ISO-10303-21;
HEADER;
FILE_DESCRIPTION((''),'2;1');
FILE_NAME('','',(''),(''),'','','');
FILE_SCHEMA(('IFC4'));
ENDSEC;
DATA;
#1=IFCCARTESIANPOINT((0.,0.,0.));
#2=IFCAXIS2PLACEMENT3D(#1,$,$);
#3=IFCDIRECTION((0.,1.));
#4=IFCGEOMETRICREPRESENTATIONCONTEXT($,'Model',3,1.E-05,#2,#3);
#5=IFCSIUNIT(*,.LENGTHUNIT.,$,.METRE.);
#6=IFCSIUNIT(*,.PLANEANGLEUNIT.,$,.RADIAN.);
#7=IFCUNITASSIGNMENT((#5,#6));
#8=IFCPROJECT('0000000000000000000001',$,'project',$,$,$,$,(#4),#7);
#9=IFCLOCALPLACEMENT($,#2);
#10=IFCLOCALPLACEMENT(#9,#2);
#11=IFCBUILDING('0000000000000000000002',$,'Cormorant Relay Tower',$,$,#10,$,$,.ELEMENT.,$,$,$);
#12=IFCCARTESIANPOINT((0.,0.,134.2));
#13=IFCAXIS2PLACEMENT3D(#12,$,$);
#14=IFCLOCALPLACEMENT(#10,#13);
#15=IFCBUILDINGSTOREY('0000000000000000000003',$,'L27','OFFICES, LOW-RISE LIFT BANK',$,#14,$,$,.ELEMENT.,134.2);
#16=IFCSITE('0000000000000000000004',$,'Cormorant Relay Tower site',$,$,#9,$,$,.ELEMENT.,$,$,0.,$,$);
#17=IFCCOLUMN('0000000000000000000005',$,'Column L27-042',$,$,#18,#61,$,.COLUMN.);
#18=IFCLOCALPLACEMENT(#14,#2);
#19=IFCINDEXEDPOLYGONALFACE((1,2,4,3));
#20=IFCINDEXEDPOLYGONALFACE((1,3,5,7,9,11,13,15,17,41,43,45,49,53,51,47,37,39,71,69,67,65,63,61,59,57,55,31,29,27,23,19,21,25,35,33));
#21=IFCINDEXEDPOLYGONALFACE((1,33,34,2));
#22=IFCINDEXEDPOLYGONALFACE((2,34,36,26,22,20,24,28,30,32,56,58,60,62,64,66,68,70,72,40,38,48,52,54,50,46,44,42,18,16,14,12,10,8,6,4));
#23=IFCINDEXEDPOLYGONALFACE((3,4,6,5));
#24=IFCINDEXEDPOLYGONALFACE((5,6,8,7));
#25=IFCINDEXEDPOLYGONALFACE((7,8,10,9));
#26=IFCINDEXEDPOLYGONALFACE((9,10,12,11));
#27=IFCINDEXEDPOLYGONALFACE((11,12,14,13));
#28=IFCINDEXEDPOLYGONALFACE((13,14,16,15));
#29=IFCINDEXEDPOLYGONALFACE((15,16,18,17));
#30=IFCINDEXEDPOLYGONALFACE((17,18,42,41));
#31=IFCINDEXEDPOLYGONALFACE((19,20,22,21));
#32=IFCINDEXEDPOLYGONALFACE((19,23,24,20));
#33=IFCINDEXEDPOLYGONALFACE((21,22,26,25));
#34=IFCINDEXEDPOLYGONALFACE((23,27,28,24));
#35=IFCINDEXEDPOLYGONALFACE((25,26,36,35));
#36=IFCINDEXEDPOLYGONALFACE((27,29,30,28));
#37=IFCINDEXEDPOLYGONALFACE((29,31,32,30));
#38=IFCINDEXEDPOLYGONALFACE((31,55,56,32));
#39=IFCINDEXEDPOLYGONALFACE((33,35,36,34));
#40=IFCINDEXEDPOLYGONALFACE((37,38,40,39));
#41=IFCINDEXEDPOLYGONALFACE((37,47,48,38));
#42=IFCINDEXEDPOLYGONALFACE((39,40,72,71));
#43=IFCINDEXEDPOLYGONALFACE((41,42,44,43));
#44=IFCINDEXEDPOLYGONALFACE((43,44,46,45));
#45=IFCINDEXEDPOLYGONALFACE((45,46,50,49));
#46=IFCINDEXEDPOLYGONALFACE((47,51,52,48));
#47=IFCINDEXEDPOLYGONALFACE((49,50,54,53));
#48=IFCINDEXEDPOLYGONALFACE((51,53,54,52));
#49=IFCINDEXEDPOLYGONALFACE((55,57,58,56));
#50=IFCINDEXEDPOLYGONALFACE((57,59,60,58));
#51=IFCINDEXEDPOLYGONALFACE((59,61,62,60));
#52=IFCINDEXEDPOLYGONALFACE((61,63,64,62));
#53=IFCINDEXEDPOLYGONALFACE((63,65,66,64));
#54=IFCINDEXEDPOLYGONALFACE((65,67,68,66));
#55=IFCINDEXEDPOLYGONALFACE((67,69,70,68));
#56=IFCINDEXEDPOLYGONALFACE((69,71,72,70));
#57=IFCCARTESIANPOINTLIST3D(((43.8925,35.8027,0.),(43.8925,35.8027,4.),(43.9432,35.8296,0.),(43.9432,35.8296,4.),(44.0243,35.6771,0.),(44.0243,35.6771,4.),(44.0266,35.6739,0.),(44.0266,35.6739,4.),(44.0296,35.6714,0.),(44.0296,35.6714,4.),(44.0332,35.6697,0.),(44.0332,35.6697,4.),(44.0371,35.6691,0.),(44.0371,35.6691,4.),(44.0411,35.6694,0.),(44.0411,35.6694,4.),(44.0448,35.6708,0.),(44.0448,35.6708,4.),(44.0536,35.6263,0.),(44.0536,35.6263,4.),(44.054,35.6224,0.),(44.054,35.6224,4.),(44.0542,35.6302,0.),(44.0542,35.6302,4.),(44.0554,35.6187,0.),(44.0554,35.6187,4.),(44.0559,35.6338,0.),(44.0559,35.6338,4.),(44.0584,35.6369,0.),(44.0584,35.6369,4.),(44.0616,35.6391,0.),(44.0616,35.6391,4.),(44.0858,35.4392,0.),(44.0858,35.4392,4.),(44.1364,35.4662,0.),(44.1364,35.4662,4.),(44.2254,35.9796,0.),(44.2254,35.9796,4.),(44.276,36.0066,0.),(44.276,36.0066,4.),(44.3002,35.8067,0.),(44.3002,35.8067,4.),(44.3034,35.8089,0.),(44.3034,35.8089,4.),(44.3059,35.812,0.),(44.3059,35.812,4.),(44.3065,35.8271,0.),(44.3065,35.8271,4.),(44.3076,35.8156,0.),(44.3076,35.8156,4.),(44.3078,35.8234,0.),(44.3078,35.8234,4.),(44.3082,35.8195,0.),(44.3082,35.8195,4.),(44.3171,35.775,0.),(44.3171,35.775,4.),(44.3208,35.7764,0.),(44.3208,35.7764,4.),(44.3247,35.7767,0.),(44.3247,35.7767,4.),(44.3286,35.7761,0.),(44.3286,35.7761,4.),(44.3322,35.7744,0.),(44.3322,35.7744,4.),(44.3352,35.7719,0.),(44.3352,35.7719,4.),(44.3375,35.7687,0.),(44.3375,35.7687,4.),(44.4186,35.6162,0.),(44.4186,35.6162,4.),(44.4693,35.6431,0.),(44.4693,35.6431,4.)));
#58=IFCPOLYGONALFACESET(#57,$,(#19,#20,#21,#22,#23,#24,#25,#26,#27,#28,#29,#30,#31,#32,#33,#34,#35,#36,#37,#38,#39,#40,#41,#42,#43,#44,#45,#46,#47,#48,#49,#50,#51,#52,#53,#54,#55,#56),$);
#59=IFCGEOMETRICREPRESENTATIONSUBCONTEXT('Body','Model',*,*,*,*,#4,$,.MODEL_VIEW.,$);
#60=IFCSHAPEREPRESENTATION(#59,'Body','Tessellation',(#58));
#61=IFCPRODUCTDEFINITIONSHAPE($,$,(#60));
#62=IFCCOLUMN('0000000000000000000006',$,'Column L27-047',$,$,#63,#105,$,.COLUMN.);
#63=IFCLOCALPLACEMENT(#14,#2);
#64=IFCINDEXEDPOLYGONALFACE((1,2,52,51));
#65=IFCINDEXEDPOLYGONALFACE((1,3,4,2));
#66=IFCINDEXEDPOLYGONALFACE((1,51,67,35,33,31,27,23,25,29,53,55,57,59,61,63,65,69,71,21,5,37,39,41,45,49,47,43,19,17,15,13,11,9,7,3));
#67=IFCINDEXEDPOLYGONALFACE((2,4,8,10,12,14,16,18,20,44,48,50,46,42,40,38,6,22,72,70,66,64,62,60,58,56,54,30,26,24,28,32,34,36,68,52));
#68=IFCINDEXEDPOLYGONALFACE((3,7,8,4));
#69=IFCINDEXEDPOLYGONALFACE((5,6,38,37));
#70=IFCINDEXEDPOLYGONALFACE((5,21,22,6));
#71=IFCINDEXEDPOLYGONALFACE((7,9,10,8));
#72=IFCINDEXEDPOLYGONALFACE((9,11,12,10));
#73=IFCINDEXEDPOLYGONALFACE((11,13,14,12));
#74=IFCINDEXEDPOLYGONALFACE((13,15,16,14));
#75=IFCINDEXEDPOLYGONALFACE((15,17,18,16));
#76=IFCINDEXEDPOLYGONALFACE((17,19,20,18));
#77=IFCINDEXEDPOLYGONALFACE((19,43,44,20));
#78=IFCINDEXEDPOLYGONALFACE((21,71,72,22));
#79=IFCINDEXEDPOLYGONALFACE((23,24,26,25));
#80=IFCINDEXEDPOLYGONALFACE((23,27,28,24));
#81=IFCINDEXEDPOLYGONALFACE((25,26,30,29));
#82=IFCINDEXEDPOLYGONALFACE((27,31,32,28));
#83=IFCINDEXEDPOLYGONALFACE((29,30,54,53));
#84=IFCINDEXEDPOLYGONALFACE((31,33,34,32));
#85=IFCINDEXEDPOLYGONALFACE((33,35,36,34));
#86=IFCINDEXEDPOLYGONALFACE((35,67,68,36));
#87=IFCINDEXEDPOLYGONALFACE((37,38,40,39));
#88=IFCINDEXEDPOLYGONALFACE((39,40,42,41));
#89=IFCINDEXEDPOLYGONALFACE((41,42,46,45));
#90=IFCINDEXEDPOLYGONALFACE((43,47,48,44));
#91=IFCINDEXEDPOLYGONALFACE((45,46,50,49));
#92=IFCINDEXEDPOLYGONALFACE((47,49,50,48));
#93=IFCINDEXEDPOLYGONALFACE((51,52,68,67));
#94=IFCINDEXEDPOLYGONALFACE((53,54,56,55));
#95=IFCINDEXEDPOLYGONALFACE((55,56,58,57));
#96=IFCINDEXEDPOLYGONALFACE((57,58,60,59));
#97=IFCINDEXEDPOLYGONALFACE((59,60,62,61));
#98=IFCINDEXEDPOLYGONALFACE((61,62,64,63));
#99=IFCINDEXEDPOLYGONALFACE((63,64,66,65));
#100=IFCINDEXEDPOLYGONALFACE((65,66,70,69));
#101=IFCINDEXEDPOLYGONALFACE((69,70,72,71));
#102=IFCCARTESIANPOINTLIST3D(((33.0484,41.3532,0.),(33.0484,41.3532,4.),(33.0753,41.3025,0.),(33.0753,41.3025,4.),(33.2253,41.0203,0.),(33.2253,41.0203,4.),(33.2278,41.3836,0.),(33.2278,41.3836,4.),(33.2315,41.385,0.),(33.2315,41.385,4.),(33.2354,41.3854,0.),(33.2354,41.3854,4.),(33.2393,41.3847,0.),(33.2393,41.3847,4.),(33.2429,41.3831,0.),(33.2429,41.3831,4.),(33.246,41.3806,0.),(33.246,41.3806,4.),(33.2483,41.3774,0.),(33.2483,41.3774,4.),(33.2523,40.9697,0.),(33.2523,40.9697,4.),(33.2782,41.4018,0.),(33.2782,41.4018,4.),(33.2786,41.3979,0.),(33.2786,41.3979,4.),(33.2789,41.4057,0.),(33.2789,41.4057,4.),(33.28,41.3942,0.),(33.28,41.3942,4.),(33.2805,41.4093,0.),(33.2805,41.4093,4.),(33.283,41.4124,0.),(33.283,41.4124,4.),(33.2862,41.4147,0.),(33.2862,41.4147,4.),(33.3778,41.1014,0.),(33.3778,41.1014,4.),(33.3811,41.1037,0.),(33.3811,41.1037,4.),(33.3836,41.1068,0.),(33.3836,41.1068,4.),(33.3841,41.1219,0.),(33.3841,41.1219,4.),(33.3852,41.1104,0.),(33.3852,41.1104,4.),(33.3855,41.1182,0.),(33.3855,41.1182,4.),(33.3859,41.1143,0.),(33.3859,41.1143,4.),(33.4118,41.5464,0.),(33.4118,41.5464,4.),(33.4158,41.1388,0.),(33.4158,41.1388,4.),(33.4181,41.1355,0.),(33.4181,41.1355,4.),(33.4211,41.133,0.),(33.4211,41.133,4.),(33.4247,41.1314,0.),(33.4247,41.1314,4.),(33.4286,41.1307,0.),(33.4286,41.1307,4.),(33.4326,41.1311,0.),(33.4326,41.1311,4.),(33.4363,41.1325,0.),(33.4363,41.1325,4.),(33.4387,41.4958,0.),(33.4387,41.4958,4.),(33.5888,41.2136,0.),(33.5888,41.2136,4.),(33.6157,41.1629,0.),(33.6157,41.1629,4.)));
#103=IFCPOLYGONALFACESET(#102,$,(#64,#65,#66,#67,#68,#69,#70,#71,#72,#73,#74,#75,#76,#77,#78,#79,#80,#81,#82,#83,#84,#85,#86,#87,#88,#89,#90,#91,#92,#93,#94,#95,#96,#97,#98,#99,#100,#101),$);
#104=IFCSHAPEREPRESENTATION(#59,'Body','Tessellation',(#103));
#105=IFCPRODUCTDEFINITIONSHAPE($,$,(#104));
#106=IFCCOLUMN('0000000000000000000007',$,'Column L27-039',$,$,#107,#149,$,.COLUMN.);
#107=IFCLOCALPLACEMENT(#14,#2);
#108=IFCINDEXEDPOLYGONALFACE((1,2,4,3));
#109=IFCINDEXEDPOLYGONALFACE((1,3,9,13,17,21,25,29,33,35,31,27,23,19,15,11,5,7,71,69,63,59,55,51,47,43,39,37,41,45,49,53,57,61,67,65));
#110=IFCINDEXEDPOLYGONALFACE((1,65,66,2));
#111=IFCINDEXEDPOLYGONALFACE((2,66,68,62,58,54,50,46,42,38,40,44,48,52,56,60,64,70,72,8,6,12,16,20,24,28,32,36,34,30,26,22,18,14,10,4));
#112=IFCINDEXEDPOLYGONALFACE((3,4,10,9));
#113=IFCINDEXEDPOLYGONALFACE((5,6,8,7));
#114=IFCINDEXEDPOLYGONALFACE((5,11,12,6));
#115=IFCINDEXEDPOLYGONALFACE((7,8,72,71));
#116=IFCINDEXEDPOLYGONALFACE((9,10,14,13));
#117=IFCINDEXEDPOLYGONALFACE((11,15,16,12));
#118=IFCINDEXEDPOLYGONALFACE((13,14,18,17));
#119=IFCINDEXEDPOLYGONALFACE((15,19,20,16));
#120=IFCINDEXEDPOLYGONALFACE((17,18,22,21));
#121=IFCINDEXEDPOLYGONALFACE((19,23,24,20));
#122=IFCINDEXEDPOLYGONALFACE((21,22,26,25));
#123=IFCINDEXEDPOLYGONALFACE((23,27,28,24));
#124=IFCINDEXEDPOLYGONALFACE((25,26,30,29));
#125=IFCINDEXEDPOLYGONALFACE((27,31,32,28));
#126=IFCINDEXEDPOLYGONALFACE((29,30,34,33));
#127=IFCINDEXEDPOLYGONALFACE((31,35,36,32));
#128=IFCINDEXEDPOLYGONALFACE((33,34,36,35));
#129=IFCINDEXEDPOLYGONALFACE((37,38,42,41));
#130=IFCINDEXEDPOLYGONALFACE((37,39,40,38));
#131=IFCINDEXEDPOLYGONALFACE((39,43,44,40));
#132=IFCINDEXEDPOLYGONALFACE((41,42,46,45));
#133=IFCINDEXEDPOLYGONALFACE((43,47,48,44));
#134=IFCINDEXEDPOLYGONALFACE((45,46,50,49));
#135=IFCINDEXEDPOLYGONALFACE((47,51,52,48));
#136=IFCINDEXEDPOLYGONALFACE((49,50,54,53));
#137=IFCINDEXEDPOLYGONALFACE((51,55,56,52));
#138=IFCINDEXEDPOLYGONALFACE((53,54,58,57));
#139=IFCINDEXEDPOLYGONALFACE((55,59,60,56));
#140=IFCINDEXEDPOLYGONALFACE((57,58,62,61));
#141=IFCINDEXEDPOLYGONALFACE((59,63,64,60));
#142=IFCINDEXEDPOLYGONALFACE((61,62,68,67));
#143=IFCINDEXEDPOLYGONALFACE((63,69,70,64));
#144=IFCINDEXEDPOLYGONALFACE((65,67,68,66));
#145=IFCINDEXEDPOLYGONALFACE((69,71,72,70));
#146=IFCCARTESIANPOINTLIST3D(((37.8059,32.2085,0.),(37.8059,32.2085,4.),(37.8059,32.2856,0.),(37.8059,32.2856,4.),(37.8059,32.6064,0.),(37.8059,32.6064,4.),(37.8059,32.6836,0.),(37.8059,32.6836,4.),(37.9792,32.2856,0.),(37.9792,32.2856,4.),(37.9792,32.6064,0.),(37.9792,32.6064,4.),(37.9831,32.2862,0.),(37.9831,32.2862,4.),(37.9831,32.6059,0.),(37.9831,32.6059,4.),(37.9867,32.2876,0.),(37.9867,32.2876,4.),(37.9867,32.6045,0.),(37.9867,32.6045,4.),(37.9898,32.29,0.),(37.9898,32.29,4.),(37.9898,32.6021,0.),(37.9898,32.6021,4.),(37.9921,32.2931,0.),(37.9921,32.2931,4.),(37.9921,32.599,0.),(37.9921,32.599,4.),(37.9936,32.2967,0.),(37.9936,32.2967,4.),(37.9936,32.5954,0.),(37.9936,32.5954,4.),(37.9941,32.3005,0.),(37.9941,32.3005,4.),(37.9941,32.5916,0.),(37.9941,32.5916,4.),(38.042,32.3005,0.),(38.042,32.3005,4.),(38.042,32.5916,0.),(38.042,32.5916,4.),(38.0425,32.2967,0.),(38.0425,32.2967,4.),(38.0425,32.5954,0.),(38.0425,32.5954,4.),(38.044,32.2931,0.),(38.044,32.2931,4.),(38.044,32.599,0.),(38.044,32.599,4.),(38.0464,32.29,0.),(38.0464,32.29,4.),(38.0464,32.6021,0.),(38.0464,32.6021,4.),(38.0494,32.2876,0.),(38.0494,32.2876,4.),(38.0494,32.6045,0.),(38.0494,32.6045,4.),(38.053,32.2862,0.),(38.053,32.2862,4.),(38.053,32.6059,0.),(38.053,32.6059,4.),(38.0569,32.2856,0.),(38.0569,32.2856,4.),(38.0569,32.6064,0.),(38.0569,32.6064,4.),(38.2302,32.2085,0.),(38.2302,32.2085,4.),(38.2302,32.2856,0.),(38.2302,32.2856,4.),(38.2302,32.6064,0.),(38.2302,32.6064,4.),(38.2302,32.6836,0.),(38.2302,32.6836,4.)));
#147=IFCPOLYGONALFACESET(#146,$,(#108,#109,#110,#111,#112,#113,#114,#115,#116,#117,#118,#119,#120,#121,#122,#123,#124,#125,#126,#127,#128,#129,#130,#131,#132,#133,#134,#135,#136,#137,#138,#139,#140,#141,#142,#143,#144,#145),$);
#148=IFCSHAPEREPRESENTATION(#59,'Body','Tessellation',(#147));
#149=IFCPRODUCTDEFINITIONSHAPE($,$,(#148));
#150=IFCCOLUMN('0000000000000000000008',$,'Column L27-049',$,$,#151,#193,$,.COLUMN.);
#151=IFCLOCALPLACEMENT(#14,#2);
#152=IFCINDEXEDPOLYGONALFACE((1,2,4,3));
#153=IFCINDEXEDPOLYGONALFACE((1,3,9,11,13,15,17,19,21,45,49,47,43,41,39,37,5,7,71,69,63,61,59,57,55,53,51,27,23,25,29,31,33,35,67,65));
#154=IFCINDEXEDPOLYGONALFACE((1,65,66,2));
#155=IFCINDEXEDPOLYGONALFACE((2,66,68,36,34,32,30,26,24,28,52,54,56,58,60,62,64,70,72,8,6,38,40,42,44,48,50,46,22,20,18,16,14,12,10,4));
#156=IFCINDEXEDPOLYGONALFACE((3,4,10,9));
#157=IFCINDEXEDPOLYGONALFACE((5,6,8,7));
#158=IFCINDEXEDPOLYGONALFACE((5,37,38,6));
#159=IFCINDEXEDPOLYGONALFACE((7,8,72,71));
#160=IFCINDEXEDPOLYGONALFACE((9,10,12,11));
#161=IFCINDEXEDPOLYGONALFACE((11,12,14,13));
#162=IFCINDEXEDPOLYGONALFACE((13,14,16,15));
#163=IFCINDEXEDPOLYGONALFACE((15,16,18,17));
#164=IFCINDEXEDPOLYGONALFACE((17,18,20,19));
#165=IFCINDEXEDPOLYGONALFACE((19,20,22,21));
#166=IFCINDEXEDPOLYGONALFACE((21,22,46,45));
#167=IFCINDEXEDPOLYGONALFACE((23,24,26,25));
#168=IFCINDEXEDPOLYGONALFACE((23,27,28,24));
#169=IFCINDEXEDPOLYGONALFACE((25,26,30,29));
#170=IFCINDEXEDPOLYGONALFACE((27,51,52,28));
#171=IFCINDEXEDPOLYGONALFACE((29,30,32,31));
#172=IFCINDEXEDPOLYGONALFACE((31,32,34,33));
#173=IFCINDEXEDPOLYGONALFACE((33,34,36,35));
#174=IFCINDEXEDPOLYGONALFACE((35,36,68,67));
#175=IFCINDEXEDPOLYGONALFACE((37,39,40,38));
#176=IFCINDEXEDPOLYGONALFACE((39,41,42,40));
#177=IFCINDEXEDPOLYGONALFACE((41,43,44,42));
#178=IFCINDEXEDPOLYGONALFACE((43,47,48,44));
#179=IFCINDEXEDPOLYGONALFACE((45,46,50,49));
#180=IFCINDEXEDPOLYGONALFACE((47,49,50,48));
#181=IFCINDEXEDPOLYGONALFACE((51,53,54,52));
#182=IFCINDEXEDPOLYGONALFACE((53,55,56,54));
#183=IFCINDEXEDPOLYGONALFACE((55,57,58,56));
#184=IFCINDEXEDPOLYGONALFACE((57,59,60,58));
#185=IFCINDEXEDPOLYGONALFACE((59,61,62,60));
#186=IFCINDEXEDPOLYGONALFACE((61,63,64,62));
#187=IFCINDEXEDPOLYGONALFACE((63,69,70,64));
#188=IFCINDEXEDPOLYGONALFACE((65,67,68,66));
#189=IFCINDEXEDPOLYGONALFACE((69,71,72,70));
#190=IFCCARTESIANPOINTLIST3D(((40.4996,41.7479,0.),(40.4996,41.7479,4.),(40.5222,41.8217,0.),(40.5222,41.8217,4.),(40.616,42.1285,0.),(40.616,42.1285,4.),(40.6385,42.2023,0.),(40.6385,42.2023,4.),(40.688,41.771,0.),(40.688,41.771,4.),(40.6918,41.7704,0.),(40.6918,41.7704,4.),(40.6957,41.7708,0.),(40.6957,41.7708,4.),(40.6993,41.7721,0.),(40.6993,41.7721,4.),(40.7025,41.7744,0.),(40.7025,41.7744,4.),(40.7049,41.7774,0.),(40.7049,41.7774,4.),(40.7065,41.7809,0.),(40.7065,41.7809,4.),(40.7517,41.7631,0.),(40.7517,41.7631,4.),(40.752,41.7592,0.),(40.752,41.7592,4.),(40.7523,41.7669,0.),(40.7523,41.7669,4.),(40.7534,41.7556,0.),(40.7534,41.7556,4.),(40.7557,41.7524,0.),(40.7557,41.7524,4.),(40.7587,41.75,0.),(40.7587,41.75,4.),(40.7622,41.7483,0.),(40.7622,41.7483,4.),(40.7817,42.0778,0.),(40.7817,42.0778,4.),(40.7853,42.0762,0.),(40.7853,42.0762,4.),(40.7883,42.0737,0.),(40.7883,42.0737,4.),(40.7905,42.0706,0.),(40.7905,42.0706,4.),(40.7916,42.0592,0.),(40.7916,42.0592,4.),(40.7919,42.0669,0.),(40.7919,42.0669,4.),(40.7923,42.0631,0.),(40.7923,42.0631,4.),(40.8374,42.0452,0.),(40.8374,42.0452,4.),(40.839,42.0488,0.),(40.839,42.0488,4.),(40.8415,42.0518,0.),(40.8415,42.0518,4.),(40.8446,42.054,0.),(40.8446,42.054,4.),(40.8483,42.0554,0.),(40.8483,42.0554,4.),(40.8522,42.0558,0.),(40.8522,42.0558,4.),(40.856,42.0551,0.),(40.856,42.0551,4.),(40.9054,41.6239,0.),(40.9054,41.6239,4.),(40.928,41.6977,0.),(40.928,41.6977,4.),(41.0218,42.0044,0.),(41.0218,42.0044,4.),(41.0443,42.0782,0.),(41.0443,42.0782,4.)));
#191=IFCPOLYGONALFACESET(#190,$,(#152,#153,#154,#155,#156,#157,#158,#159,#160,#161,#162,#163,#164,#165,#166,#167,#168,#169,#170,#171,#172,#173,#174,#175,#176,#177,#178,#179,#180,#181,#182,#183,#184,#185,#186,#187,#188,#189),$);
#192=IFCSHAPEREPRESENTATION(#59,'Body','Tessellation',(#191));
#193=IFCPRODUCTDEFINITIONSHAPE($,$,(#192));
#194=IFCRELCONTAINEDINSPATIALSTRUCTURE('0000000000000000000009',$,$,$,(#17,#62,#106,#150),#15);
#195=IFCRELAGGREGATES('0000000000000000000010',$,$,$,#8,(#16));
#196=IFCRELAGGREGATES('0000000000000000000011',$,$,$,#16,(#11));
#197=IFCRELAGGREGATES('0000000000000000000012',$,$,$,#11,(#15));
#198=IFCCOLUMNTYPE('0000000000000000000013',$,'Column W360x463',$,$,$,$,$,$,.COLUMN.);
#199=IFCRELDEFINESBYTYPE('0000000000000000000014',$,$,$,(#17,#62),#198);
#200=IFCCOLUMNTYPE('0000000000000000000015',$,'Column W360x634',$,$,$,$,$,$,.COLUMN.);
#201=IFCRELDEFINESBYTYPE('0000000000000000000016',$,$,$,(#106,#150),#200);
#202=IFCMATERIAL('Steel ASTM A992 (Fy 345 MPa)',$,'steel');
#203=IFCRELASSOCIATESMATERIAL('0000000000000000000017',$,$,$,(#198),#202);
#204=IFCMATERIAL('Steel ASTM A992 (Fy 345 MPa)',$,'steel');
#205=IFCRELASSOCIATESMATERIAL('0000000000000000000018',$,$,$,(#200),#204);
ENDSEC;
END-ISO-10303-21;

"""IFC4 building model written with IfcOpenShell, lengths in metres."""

from ifc_helpers import new_model, si_unit, direction, frame, origin, origin_2d, place, context, subcontext, project, spatial, i_section, extrude, material, material_profile, profile_set, type_object, element, save


model = new_model("IFC4")

# Units and contexts
model_context = context("Model", 3, precision=1e-05, world=origin(), true_north=direction((0.0, 1.0)))
body_context = subcontext(model_context, "Body", "Model", "MODEL_VIEW")
ifc_project = project(units=[si_unit("LENGTHUNIT", "METRE"), si_unit("PLANEANGLEUNIT", "RADIAN")], contexts=[model_context])

# Site, building, storey
site_placement = place(None, origin())
site = spatial("IfcSite", under=ifc_project, at=site_placement, Name="Cormorant Relay Tower site", CompositionType="ELEMENT", RefElevation=0.0)
building_placement = place(site_placement, origin())
building = spatial("IfcBuilding", under=site, at=building_placement, Name="Cormorant Relay Tower", CompositionType="ELEMENT")
storey_placement = place(building_placement, frame((0.0, 0.0, 134.2)))
storey = spatial("IfcBuildingStorey", under=building, at=storey_placement, Name="L27", Description="OFFICES, LOW-RISE LIFT BANK", CompositionType="ELEMENT", Elevation=134.2)

# Columns
ifc_material_1 = material(Name="Steel ASTM A992 (Fy 345 MPa)", Category="steel")
ifc_material_profile_1 = material_profile(ifc_material_1, i_section(OverallWidth=0.4116, OverallDepth=0.4343, WebThickness=0.0359, FlangeThickness=0.0574, FilletRadius=0.0151, at=origin_2d()), Name="W360x463")
ifc_profile_set_1 = profile_set([ifc_material_profile_1], Name="Steel ASTM A992 (Fy 345 MPa)")
column_type_1 = type_object("IfcColumnType", Name="Column W360x463", PredefinedType="COLUMN", material=ifc_profile_set_1)
for number, where, z_axis, x_axis, name in (
    (1, (44.1809, 35.7229, 0.0), (0.0, 0.0, 1.0), (-0.469472, 0.882948, 0.0), "Column L27-042"),
    (2, (33.332, 41.2581, 0.0), (0.0, 0.0, 1.0), (-0.882948, -0.469472, 0.0), "Column L27-047"),
):
    element("IfcColumn", number, at=place(storey_placement, frame(where, z_axis=z_axis, x_axis=x_axis)), inside=storey, type_object=column_type_1, Name=name, PredefinedType="COLUMN", context=body_context, shape_type="SweptSolid", body=[
        extrude(i_section(OverallWidth=0.4116, OverallDepth=0.4343, WebThickness=0.0359, FlangeThickness=0.0574, FilletRadius=0.0151, at=origin_2d()), origin(), (0.0, 0.0, 1.0), 4.0),
    ])
ifc_material_2 = material(Name="Steel ASTM A992 (Fy 345 MPa)", Category="steel")
ifc_material_profile_2 = material_profile(ifc_material_2, i_section(OverallWidth=0.4243, OverallDepth=0.4751, WebThickness=0.0479, FlangeThickness=0.0771, FilletRadius=0.0149, at=origin_2d()), Name="W360x634")
ifc_profile_set_2 = profile_set([ifc_material_profile_2], Name="Steel ASTM A992 (Fy 345 MPa)")
column_type_2 = type_object("IfcColumnType", Name="Column W360x634", PredefinedType="COLUMN", material=ifc_profile_set_2)
for number, where, z_axis, x_axis, name in (
    (3, (38.0181, 32.446, 0.0), (0.0, 0.0, 1.0), (1.0, 0.0, 0.0), "Column L27-039"),
    (4, (40.772, 41.9131, 0.0), (0.0, 0.0, 1.0), (-0.956305, 0.292372, 0.0), "Column L27-049"),
):
    element("IfcColumn", number, at=place(storey_placement, frame(where, z_axis=z_axis, x_axis=x_axis)), inside=storey, type_object=column_type_2, Name=name, PredefinedType="COLUMN", context=body_context, shape_type="SweptSolid", body=[
        extrude(i_section(OverallWidth=0.4243, OverallDepth=0.4751, WebThickness=0.0479, FlangeThickness=0.0771, FilletRadius=0.0149, at=origin_2d()), origin(), (0.0, 0.0, 1.0), 4.0),
    ])

save(model, "model.ifc")
